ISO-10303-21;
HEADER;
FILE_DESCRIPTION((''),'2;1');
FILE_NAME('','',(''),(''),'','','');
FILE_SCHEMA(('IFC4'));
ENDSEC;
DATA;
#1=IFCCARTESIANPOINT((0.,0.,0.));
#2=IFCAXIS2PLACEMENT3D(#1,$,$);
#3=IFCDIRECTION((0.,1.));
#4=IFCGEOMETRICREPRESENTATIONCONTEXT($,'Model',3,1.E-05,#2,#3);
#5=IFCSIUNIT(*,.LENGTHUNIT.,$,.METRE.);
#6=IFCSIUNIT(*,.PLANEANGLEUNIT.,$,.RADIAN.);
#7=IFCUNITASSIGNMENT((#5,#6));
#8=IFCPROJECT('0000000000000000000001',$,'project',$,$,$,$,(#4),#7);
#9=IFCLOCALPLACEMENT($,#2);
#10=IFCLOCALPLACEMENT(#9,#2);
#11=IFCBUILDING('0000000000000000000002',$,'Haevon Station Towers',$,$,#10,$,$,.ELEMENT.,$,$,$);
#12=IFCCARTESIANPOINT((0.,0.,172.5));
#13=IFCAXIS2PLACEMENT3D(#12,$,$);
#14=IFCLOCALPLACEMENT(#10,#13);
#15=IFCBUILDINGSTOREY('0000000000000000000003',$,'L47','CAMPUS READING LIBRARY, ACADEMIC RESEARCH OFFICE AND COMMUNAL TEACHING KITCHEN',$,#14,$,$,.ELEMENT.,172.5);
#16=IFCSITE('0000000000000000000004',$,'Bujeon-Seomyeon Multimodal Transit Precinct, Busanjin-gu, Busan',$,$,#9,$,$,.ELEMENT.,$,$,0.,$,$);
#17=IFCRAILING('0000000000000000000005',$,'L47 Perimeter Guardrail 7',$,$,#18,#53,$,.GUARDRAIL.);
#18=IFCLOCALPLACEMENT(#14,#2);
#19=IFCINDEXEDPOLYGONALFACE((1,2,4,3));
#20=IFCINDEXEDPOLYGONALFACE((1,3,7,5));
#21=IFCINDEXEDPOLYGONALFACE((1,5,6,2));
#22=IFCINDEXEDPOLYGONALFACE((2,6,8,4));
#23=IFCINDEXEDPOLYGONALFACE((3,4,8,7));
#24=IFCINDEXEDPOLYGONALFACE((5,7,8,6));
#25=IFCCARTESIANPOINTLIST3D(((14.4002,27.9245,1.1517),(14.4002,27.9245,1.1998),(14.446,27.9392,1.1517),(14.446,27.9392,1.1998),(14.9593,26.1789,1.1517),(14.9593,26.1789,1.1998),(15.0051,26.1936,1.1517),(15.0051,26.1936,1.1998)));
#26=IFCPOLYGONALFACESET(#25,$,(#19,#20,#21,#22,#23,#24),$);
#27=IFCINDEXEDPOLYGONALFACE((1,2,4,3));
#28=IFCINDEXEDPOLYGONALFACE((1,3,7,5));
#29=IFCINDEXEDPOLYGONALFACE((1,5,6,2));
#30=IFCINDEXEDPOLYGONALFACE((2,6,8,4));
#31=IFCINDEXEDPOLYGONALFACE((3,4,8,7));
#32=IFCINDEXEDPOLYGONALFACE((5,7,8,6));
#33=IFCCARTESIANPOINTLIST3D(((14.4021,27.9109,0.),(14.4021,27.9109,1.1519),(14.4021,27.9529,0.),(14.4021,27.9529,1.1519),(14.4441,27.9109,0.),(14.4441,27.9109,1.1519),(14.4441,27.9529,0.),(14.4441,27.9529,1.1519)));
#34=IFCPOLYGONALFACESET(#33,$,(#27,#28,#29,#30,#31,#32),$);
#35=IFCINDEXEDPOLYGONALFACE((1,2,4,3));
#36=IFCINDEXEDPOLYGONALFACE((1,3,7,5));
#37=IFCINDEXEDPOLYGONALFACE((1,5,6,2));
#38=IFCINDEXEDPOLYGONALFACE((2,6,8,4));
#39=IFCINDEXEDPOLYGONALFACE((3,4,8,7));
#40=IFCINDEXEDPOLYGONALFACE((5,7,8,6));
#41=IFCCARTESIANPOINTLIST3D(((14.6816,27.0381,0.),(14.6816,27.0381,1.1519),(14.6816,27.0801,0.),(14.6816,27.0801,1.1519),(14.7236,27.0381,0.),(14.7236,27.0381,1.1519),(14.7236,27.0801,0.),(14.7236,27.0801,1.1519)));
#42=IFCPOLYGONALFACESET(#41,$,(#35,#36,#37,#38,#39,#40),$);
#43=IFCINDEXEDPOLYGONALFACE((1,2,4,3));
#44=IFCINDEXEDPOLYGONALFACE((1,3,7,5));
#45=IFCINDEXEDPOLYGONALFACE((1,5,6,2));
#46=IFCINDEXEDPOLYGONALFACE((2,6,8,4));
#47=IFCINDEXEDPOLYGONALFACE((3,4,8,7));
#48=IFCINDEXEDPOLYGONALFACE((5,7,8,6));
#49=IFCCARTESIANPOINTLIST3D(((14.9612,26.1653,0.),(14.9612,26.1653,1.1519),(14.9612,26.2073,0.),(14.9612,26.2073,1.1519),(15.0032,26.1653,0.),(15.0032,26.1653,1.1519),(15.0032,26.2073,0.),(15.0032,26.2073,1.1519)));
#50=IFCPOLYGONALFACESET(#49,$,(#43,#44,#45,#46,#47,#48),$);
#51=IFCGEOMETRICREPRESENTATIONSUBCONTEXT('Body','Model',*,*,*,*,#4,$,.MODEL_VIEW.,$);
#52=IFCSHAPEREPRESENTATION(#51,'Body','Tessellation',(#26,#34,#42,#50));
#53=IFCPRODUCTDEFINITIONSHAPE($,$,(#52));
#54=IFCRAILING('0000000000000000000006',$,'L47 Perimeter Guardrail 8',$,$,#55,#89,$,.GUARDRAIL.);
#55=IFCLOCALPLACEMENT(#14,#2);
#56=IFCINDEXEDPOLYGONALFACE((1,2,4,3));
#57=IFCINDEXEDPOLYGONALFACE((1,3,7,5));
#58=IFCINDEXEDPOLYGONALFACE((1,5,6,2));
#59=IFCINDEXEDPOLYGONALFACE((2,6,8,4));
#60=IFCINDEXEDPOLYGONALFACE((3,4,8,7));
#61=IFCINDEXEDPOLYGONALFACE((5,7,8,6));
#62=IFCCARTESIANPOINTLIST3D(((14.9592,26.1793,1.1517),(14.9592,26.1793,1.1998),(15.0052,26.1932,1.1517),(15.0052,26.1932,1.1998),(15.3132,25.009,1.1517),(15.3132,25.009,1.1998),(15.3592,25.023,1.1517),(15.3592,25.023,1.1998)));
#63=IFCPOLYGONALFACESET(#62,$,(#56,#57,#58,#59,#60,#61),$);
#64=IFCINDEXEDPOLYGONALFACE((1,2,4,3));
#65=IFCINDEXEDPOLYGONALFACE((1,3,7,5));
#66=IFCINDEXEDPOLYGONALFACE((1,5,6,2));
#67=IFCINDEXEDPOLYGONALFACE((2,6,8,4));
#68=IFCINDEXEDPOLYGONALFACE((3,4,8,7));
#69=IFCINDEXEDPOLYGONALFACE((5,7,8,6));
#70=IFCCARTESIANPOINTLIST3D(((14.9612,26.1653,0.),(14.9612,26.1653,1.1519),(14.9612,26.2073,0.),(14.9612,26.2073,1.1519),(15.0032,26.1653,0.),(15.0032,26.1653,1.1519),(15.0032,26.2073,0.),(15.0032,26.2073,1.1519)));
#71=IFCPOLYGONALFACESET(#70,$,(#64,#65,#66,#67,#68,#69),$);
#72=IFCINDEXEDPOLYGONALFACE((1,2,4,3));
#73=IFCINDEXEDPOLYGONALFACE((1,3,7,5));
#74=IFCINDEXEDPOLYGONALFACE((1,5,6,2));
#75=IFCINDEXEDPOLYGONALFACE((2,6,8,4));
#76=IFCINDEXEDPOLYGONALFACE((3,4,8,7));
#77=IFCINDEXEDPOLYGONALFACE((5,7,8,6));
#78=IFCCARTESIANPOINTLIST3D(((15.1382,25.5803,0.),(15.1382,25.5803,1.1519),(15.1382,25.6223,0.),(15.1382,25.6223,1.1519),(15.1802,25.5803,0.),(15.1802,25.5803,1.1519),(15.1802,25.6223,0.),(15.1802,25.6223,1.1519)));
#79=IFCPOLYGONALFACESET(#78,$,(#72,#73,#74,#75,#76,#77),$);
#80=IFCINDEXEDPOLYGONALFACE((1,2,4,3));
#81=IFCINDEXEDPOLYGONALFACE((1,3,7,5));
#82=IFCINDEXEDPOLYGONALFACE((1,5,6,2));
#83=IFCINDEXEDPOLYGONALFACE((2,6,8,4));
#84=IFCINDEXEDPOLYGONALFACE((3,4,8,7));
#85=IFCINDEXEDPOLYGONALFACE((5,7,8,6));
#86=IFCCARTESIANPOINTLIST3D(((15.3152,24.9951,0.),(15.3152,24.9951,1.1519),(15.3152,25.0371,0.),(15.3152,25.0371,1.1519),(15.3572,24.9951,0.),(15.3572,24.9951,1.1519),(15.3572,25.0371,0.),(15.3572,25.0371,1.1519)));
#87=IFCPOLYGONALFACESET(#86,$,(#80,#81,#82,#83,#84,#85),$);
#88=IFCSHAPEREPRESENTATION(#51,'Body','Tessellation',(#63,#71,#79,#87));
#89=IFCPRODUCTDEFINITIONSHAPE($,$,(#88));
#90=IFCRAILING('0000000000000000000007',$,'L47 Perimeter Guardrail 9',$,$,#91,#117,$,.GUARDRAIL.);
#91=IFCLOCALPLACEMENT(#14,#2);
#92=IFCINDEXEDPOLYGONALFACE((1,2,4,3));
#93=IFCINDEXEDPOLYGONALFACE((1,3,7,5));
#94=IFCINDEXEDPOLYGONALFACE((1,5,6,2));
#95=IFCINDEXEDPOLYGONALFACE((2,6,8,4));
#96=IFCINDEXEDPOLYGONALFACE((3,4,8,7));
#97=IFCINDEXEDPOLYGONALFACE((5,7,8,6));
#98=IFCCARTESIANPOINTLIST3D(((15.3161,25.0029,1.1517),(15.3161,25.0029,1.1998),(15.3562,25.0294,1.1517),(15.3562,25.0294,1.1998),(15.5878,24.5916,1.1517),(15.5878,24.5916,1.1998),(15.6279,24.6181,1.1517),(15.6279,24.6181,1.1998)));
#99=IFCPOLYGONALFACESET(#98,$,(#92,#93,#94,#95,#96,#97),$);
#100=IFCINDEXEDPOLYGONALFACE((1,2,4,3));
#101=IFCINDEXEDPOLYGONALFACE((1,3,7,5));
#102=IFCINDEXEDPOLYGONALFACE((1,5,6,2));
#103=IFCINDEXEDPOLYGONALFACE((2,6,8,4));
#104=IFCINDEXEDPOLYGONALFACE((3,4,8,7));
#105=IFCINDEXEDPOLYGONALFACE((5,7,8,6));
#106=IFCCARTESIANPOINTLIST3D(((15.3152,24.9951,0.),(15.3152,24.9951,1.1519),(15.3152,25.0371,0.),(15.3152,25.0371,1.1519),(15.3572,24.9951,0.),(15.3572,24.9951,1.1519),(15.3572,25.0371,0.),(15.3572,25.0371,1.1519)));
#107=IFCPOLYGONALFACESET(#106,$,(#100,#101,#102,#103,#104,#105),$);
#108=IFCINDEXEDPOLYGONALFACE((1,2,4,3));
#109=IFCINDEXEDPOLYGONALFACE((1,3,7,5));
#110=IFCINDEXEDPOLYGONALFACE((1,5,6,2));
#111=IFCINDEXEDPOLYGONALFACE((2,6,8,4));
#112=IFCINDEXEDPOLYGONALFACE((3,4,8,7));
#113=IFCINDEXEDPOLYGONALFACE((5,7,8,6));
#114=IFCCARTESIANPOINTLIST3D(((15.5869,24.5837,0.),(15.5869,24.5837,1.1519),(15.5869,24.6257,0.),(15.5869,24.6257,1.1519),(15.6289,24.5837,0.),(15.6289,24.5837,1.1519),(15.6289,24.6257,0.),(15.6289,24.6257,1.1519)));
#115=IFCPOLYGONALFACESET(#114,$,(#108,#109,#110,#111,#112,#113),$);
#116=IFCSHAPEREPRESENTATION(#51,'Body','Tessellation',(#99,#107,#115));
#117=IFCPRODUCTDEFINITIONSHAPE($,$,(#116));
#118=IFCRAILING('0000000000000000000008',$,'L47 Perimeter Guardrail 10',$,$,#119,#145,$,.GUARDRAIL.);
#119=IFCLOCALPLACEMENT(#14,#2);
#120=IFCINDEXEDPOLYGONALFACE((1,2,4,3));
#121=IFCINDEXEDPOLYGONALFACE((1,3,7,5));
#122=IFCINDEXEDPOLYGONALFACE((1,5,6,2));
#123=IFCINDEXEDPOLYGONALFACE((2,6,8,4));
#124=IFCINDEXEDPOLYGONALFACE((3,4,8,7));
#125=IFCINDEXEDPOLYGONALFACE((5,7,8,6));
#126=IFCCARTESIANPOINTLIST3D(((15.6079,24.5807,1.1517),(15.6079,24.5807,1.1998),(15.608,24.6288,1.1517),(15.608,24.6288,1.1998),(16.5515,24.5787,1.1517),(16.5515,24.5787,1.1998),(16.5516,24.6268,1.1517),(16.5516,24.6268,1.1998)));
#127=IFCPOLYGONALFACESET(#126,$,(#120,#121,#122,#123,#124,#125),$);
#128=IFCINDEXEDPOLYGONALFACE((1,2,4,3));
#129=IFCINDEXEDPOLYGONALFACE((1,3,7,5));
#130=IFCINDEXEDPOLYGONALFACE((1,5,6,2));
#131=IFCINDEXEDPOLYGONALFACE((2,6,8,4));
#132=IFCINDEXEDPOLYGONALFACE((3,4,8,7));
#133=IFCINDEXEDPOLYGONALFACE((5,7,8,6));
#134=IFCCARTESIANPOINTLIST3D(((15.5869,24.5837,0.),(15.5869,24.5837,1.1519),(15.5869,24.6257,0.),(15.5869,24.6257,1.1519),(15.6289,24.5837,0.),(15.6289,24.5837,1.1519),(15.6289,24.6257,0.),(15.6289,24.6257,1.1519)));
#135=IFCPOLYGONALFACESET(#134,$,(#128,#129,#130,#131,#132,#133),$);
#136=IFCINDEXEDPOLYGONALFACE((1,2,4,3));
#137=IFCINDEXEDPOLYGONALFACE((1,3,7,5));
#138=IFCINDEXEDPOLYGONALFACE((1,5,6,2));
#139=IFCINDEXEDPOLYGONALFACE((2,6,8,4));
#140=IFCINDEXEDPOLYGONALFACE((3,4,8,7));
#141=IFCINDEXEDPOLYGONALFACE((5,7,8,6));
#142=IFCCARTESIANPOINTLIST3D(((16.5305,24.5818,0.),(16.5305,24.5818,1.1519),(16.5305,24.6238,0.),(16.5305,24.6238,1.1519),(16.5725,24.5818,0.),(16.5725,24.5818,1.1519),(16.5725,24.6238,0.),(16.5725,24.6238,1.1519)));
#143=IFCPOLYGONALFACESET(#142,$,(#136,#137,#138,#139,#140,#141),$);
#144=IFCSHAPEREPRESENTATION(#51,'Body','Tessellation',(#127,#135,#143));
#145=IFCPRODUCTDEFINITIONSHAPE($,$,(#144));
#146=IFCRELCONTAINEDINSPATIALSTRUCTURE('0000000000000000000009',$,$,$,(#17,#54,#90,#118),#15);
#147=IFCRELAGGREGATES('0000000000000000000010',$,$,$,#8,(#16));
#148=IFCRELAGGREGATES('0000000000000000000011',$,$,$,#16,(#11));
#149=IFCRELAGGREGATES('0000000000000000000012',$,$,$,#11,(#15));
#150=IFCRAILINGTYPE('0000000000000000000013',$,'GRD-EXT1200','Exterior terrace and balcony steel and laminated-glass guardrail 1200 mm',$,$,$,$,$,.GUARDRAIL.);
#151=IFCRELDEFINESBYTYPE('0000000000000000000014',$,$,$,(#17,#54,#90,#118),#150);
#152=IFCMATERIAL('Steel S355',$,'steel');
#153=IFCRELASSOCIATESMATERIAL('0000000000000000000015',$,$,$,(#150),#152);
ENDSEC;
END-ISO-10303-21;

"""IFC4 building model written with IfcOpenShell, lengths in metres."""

from ifc_helpers import new_model, si_unit, direction, frame, origin, origin_2d, place, context, subcontext, project, spatial, rectangle, extrude, material, type_object, element, save


model = new_model("IFC4")

# Units and contexts
model_context = context("Model", 3, precision=1e-05, world=origin(), true_north=direction((0.0, 1.0)))
body_context = subcontext(model_context, "Body", "Model", "MODEL_VIEW")
ifc_project = project(units=[si_unit("LENGTHUNIT", "METRE"), si_unit("PLANEANGLEUNIT", "RADIAN")], contexts=[model_context])

# Site, building, storey
site_placement = place(None, origin())
site = spatial("IfcSite", under=ifc_project, at=site_placement, Name="Bujeon-Seomyeon Multimodal Transit Precinct, Busanjin-gu, Busan", CompositionType="ELEMENT", RefElevation=0.0)
building_placement = place(site_placement, origin())
building = spatial("IfcBuilding", under=site, at=building_placement, Name="Haevon Station Towers", CompositionType="ELEMENT")
storey_placement = place(building_placement, frame((0.0, 0.0, 172.5)))
storey = spatial("IfcBuildingStorey", under=building, at=storey_placement, Name="L47", Description="CAMPUS READING LIBRARY, ACADEMIC RESEARCH OFFICE AND COMMUNAL TEACHING KITCHEN", CompositionType="ELEMENT", Elevation=172.5)

# Shared definitions
ifc_material_1 = material(Name="Steel S355", Category="steel")

# Railings
railing_type = type_object("IfcRailingType", Name="GRD-EXT1200", Description="Exterior terrace and balcony steel and laminated-glass guardrail 1200 mm", PredefinedType="GUARDRAIL", material=ifc_material_1)
railing_1_placement = place(storey_placement, frame((14.4231, 27.9319, 0.0)))
element("IfcRailing", 1, at=railing_1_placement, inside=storey, type_object=railing_type, Name="L47 Perimeter Guardrail 7", PredefinedType="GUARDRAIL", context=body_context, shape_type="SweptSolid", body=[
    extrude(rectangle(XDim=0.0481, YDim=0.0481, at=origin_2d()), frame((0.0, 0.0, 1.1758), z_axis=(0.305017, -0.952347, 0.0), x_axis=(0.952347, 0.305017, 0.0)), (0.0, 0.0, 1.0), 1.833),
    extrude(rectangle(XDim=0.042, YDim=0.042, at=origin_2d()), origin(), (0.0, 0.0, 1.0), 1.1519),
    extrude(rectangle(XDim=0.042, YDim=0.042, at=origin_2d()), frame((0.2795, -0.8728, 0.0)), (0.0, 0.0, 1.0), 1.1519),
    extrude(rectangle(XDim=0.042, YDim=0.042, at=origin_2d()), frame((0.5591, -1.7456, 0.0)), (0.0, 0.0, 1.0), 1.1519),
])
railing_2_placement = place(storey_placement, frame((14.9822, 26.1863, 0.0)))
element("IfcRailing", 2, at=railing_2_placement, inside=storey, type_object=railing_type, Name="L47 Perimeter Guardrail 8", PredefinedType="GUARDRAIL", context=body_context, shape_type="SweptSolid", body=[
    extrude(rectangle(XDim=0.0481, YDim=0.0481, at=origin_2d()), frame((0.0, 0.0, 1.1758), z_axis=(0.289564, -0.957159, 0.0), x_axis=(0.957159, 0.289564, 0.0)), (0.0, 0.0, 1.0), 1.2227),
    extrude(rectangle(XDim=0.042, YDim=0.042, at=origin_2d()), origin(), (0.0, 0.0, 1.0), 1.1519),
    extrude(rectangle(XDim=0.042, YDim=0.042, at=origin_2d()), frame((0.177, -0.585, 0.0)), (0.0, 0.0, 1.0), 1.1519),
    extrude(rectangle(XDim=0.042, YDim=0.042, at=origin_2d()), frame((0.354, -1.1702, 0.0)), (0.0, 0.0, 1.0), 1.1519),
])
railing_3_placement = place(storey_placement, frame((15.3362, 25.0161, 0.0)))
element("IfcRailing", 3, at=railing_3_placement, inside=storey, type_object=railing_type, Name="L47 Perimeter Guardrail 9", PredefinedType="GUARDRAIL", context=body_context, shape_type="SweptSolid", body=[
    extrude(rectangle(XDim=0.0481, YDim=0.0481, at=origin_2d()), frame((0.0, 0.0, 1.1758), z_axis=(0.551153, -0.834404, 0.0), x_axis=(0.834404, 0.551153, 0.0)), (0.0, 0.0, 1.0), 0.4929),
    extrude(rectangle(XDim=0.042, YDim=0.042, at=origin_2d()), origin(), (0.0, 0.0, 1.0), 1.1519),
    extrude(rectangle(XDim=0.042, YDim=0.042, at=origin_2d()), frame((0.2717, -0.4114, 0.0)), (0.0, 0.0, 1.0), 1.1519),
])
railing_4_placement = place(storey_placement, frame((15.6079, 24.6047, 0.0)))
element("IfcRailing", 4, at=railing_4_placement, inside=storey, type_object=railing_type, Name="L47 Perimeter Guardrail 10", PredefinedType="GUARDRAIL", context=body_context, shape_type="SweptSolid", body=[
    extrude(rectangle(XDim=0.0481, YDim=0.0481, at=origin_2d()), frame((0.0, 0.0, 1.1758), z_axis=(0.999998, -0.00207, 0.0), x_axis=(0.00207, 0.999998, 0.0)), (0.0, 0.0, 1.0), 0.9436),
    extrude(rectangle(XDim=0.042, YDim=0.042, at=origin_2d()), origin(), (0.0, 0.0, 1.0), 1.1519),
    extrude(rectangle(XDim=0.042, YDim=0.042, at=origin_2d()), frame((0.9436, -0.002, 0.0)), (0.0, 0.0, 1.0), 1.1519),
])

save(model, "model.ifc")
